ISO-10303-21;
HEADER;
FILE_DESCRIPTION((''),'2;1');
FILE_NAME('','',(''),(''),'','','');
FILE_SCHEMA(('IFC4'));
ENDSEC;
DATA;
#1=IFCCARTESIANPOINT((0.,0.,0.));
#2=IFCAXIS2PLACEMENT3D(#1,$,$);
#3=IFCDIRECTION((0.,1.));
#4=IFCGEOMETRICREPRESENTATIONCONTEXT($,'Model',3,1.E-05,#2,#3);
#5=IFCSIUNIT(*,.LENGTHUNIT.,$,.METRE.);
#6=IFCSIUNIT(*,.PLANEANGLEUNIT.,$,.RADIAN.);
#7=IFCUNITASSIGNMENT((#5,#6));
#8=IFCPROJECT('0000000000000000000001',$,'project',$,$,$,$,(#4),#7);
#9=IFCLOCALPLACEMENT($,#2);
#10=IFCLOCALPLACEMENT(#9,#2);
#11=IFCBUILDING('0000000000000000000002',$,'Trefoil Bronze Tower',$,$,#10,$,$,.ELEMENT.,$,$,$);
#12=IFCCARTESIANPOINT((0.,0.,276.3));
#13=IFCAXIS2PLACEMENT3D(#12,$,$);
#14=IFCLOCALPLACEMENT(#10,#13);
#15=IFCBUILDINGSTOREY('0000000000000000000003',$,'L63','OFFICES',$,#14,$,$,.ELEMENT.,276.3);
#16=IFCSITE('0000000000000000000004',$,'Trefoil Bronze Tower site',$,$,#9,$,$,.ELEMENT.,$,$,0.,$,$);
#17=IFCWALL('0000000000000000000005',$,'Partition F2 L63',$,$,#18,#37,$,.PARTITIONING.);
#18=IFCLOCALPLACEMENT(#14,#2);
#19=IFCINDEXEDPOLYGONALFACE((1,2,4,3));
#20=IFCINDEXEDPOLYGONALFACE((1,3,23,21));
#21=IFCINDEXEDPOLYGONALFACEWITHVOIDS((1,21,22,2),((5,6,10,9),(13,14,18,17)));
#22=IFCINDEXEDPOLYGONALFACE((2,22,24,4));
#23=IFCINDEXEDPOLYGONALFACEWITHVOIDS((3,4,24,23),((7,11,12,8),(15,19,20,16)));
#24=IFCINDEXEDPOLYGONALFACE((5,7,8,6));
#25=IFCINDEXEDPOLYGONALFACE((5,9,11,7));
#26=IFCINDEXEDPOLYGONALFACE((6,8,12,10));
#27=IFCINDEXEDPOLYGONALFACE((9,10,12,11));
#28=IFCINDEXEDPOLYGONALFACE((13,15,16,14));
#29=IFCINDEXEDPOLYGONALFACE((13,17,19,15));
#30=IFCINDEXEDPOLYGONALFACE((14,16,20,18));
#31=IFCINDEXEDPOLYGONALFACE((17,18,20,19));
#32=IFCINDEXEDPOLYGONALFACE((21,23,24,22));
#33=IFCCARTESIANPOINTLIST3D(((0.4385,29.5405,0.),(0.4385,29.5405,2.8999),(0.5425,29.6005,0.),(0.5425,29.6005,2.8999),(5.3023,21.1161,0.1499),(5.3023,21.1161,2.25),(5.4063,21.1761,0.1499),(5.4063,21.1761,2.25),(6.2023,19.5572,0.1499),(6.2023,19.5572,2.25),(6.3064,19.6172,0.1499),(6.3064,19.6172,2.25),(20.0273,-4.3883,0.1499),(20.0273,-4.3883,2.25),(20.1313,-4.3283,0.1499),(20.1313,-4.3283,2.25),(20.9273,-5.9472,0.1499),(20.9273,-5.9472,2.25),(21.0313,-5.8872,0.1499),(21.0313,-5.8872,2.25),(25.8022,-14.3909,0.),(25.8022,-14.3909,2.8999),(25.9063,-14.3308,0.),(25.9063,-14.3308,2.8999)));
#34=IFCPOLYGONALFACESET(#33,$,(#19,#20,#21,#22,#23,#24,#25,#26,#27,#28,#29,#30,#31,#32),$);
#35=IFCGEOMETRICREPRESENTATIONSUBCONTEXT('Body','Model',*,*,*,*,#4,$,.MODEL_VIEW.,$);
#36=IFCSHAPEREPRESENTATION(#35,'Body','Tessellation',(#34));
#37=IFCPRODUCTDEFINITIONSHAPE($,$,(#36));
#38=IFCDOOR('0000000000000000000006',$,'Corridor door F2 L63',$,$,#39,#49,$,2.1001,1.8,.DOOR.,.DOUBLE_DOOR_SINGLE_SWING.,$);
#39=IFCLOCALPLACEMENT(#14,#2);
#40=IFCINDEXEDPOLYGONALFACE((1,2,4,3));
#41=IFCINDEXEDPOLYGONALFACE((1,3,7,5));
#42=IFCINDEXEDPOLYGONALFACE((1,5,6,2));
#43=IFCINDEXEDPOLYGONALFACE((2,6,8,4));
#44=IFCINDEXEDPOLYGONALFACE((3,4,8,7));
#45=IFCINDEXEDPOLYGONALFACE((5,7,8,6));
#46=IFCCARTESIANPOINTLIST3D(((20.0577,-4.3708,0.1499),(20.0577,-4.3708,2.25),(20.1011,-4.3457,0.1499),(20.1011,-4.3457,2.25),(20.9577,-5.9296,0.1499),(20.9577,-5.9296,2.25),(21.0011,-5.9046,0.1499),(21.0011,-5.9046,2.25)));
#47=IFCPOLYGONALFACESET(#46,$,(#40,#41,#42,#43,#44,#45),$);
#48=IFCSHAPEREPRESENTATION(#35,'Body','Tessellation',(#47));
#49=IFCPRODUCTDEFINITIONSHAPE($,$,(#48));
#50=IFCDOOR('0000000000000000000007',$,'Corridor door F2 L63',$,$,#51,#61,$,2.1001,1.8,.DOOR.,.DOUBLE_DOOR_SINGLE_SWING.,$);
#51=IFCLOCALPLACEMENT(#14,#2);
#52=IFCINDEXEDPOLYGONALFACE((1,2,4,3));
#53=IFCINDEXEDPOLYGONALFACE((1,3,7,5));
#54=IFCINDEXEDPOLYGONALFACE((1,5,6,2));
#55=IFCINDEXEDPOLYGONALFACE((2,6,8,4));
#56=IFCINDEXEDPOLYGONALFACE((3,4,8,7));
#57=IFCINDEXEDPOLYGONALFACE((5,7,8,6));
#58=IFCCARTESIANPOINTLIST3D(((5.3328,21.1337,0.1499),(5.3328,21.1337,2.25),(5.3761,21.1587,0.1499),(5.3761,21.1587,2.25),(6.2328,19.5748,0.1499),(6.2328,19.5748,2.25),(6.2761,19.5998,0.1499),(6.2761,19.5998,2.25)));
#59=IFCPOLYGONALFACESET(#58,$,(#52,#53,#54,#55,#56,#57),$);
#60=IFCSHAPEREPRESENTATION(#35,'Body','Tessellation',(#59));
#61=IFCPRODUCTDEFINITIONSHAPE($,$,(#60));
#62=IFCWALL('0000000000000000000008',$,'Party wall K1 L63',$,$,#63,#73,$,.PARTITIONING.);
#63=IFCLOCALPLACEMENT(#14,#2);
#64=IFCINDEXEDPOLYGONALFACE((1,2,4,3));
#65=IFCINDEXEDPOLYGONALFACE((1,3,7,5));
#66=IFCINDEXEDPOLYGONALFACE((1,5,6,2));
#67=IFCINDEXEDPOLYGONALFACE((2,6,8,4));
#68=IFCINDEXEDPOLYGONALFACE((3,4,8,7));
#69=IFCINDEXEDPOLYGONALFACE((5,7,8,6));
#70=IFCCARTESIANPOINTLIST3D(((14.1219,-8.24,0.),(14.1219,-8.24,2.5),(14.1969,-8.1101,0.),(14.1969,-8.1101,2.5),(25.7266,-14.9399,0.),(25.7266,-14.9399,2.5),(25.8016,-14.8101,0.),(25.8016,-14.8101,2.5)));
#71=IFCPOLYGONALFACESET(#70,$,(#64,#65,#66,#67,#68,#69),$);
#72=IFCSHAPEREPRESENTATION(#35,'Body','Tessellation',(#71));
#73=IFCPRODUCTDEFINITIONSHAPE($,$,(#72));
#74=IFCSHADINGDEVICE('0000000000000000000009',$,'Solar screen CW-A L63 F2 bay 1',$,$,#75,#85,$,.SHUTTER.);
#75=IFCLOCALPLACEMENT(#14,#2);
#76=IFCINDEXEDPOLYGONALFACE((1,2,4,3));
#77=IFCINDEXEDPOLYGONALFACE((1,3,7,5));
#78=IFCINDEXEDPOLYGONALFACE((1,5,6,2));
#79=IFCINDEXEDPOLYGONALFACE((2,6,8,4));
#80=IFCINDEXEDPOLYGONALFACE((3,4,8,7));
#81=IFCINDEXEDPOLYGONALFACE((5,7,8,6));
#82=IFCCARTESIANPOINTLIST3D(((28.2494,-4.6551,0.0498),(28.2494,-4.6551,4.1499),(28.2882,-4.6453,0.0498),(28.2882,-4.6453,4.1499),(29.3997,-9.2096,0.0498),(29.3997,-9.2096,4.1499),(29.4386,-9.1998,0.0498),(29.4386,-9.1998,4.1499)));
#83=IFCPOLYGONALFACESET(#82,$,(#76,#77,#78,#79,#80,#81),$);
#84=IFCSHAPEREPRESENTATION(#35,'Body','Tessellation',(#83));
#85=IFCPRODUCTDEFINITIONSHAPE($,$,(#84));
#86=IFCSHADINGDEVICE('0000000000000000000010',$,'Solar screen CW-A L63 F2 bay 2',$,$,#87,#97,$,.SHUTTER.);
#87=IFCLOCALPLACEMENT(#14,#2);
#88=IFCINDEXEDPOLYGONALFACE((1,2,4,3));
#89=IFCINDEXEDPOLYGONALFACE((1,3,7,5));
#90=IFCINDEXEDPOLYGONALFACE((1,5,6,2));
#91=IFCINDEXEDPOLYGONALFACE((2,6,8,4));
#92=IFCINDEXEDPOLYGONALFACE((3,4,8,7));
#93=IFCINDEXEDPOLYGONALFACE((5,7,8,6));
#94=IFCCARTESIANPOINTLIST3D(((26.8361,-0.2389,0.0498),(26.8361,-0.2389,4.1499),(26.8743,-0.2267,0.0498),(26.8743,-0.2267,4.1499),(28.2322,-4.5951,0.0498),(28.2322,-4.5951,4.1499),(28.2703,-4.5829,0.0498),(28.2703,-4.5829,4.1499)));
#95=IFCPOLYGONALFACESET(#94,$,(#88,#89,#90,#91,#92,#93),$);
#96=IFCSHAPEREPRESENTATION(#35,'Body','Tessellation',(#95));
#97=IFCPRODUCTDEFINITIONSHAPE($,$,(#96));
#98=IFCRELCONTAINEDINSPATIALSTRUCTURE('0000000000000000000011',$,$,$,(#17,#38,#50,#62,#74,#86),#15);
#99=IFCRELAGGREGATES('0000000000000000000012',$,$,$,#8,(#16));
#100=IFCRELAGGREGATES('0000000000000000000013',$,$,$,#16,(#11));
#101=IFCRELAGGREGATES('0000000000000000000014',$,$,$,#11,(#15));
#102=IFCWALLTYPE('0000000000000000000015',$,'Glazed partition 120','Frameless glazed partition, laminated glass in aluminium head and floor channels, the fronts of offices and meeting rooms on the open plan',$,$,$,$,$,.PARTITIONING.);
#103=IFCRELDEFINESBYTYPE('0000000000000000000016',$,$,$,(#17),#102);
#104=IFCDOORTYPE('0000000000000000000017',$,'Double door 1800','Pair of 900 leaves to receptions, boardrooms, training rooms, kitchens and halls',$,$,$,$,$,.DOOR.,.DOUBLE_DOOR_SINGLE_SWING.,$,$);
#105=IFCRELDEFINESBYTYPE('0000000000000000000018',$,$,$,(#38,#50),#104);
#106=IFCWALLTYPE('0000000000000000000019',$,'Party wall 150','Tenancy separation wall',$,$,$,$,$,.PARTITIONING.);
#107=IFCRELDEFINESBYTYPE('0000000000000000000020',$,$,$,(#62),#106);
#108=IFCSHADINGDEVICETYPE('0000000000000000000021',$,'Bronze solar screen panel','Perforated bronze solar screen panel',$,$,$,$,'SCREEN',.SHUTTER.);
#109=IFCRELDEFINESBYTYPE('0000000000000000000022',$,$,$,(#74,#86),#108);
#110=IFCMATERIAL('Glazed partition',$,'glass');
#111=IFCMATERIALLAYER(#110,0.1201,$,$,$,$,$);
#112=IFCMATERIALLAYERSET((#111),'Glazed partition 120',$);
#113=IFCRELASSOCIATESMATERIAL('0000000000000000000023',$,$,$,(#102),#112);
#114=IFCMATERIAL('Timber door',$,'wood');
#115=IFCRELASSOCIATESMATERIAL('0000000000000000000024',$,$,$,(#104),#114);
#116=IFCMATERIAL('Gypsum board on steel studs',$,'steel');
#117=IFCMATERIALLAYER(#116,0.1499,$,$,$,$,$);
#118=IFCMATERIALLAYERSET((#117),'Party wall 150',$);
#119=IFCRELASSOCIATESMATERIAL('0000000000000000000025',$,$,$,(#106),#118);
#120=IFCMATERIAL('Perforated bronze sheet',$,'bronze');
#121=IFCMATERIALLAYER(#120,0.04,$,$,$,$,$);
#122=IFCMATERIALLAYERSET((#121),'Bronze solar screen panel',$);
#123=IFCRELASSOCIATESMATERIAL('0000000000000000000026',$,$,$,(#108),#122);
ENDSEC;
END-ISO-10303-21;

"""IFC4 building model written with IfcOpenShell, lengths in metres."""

from ifc_helpers import new_model, si_unit, direction, frame, frame_2d, origin, origin_2d, place, context, subcontext, project, spatial, rectangle, extrude, material, layer, layer_set, type_object, element, fill, save


model = new_model("IFC4")

# Units and contexts
model_context = context("Model", 3, precision=1e-05, world=origin(), true_north=direction((0.0, 1.0)))
body_context = subcontext(model_context, "Body", "Model", "MODEL_VIEW")
ifc_project = project(units=[si_unit("LENGTHUNIT", "METRE"), si_unit("PLANEANGLEUNIT", "RADIAN")], contexts=[model_context])

# Site, building, storey
site_placement = place(None, origin())
site = spatial("IfcSite", under=ifc_project, at=site_placement, Name="Trefoil Bronze Tower site", CompositionType="ELEMENT", RefElevation=0.0)
building_placement = place(site_placement, origin())
building = spatial("IfcBuilding", under=site, at=building_placement, Name="Trefoil Bronze Tower", CompositionType="ELEMENT")
storey_placement = place(building_placement, frame((0.0, 0.0, 276.3)))
storey = spatial("IfcBuildingStorey", under=building, at=storey_placement, Name="L63", Description="OFFICES", CompositionType="ELEMENT", Elevation=276.3)

# Wall, openings, doors
ifc_material_1 = material(Name="Glazed partition", Category="glass")
ifc_layer_1 = layer(ifc_material_1, 0.1201)
ifc_layer_set_1 = layer_set([ifc_layer_1], Name="Glazed partition 120")
wall_type_1 = type_object("IfcWallType", Name="Glazed partition 120", Description="Frameless glazed partition, laminated glass in aluminium head and floor channels, the fronts of offices and meeting rooms on the open plan", PredefinedType="PARTITIONING", material=ifc_layer_set_1)
wall_1_placement = place(storey_placement, frame((25.8542, -14.3608, 0.0), z_axis=(0.0, 0.0, 1.0), x_axis=(-0.499999, 0.866026, 0.0)))
wall_1 = element("IfcWall", 1, at=wall_1_placement, inside=storey, type_object=wall_type_1, Name="Partition F2 L63", PredefinedType="PARTITIONING", context=body_context, shape_type="SweptSolid", body=[
    extrude(rectangle(XDim=50.7275, YDim=0.1201, at=frame_2d((25.3638, 0.0))), origin(), (0.0, 0.0, 1.0), 2.8999),
])
opening_1_placement = place(wall_1_placement, frame((9.75, 0.0, 0.1499)))
opening_1 = element("IfcOpeningElement", 2, at=opening_1_placement, cuts=wall_1, PredefinedType="OPENING", context=body_context, shape_type="SweptSolid", body=[
    extrude(rectangle(XDim=1.8, YDim=2.1001, at=frame_2d((0.8999, 1.05))), frame((0.0, 0.0701, 0.0), z_axis=(0.0, -1.0, 0.0), x_axis=(1.0, 0.0, 0.0)), (0.0, 0.0, 1.0), 0.1401),
])
opening_2_placement = place(wall_1_placement, frame((39.2, 0.0, 0.1499)))
opening_2 = element("IfcOpeningElement", 3, at=opening_2_placement, cuts=wall_1, PredefinedType="OPENING", context=body_context, shape_type="SweptSolid", body=[
    extrude(rectangle(XDim=1.8, YDim=2.1001, at=frame_2d((0.8999, 1.05))), frame((0.0, 0.0701, 0.0), z_axis=(0.0, -1.0, 0.0), x_axis=(1.0, 0.0, 0.0)), (0.0, 0.0, 1.0), 0.1401),
])
ifc_material_2 = material(Name="Timber door", Category="wood")
door_type_1 = type_object("IfcDoorType", Name="Double door 1800", Description="Pair of 900 leaves to receptions, boardrooms, training rooms, kitchens and halls", OperationType="DOUBLE_DOOR_SINGLE_SWING", PredefinedType="DOOR", material=ifc_material_2)
door_1_placement = place(opening_1_placement, origin())
door_1 = element("IfcDoor", 4, at=door_1_placement, inside=storey, type_object=door_type_1, Name="Corridor door F2 L63", OperationType="DOUBLE_DOOR_SINGLE_SWING", OverallHeight=2.1001, OverallWidth=1.8, PredefinedType="DOOR", context=body_context, shape_type="SweptSolid", body=[
    extrude(rectangle(XDim=1.8, YDim=2.1001, at=frame_2d((0.8999, 1.05))), frame((0.0, 0.0249, 0.0), z_axis=(0.0, -1.0, 0.0), x_axis=(1.0, 0.0, 0.0)), (0.0, 0.0, 1.0), 0.05),
])
fill(opening_1, door_1)
door_2_placement = place(opening_2_placement, origin())
door_2 = element("IfcDoor", 5, at=door_2_placement, inside=storey, type_object=door_type_1, Name="Corridor door F2 L63", OperationType="DOUBLE_DOOR_SINGLE_SWING", OverallHeight=2.1001, OverallWidth=1.8, PredefinedType="DOOR", context=body_context, shape_type="SweptSolid", body=[
    extrude(rectangle(XDim=1.8, YDim=2.1001, at=frame_2d((0.8999, 1.05))), frame((0.0, 0.0249, 0.0), z_axis=(0.0, -1.0, 0.0), x_axis=(1.0, 0.0, 0.0)), (0.0, 0.0, 1.0), 0.05),
])
fill(opening_2, door_2)

# Wall
ifc_material_3 = material(Name="Gypsum board on steel studs", Category="steel")
ifc_layer_2 = layer(ifc_material_3, 0.1499)
ifc_layer_set_2 = layer_set([ifc_layer_2], Name="Party wall 150")
wall_type_2 = type_object("IfcWallType", Name="Party wall 150", Description="Tenancy separation wall", PredefinedType="PARTITIONING", material=ifc_layer_set_2)
wall_2_placement = place(storey_placement, frame((14.1594, -8.175, 0.0), z_axis=(0.0, 0.0, 1.0), x_axis=(0.866027, -0.499997, 0.0)))
element("IfcWall", 6, at=wall_2_placement, inside=storey, type_object=wall_type_2, Name="Party wall K1 L63", PredefinedType="PARTITIONING", context=body_context, shape_type="SweptSolid", body=[
    extrude(rectangle(XDim=13.3999, YDim=0.1499, at=frame_2d((6.7, 0.0))), origin(), (0.0, 0.0, 1.0), 2.5),
])

# Shading devices
ifc_material_4 = material(Name="Perforated bronze sheet", Category="bronze")
ifc_layer_3 = layer(ifc_material_4, 0.04)
ifc_layer_set_3 = layer_set([ifc_layer_3], Name="Bronze solar screen panel")
shading_device_type = type_object("IfcShadingDeviceType", Name="Bronze solar screen panel", Description="Perforated bronze solar screen panel", ElementType="SCREEN", PredefinedType="SHUTTER", material=ifc_layer_set_3)
shading_device_1_placement = place(storey_placement, frame((28.844, -6.9275, 0.0498), z_axis=(0.0, 0.0, 1.0), x_axis=(-0.24488, 0.969554, 0.0)))
element("IfcShadingDevice", 7, at=shading_device_1_placement, inside=storey, type_object=shading_device_type, Name="Solar screen CW-A L63 F2 bay 1", PredefinedType="SHUTTER", context=body_context, shape_type="SweptSolid", body=[
    extrude(rectangle(XDim=4.6975, YDim=0.04, at=origin_2d()), origin(), (0.0, 0.0, 1.0), 4.1001),
])
shading_device_2_placement = place(storey_placement, frame((27.5532, -2.4109, 0.0498), z_axis=(0.0, 0.0, 1.0), x_axis=(-0.305188, 0.952292, 0.0)))
element("IfcShadingDevice", 8, at=shading_device_2_placement, inside=storey, type_object=shading_device_type, Name="Solar screen CW-A L63 F2 bay 2", PredefinedType="SHUTTER", context=body_context, shape_type="SweptSolid", body=[
    extrude(rectangle(XDim=4.5745, YDim=0.04, at=origin_2d()), origin(), (0.0, 0.0, 1.0), 4.1001),
])

save(model, "model.ifc")
